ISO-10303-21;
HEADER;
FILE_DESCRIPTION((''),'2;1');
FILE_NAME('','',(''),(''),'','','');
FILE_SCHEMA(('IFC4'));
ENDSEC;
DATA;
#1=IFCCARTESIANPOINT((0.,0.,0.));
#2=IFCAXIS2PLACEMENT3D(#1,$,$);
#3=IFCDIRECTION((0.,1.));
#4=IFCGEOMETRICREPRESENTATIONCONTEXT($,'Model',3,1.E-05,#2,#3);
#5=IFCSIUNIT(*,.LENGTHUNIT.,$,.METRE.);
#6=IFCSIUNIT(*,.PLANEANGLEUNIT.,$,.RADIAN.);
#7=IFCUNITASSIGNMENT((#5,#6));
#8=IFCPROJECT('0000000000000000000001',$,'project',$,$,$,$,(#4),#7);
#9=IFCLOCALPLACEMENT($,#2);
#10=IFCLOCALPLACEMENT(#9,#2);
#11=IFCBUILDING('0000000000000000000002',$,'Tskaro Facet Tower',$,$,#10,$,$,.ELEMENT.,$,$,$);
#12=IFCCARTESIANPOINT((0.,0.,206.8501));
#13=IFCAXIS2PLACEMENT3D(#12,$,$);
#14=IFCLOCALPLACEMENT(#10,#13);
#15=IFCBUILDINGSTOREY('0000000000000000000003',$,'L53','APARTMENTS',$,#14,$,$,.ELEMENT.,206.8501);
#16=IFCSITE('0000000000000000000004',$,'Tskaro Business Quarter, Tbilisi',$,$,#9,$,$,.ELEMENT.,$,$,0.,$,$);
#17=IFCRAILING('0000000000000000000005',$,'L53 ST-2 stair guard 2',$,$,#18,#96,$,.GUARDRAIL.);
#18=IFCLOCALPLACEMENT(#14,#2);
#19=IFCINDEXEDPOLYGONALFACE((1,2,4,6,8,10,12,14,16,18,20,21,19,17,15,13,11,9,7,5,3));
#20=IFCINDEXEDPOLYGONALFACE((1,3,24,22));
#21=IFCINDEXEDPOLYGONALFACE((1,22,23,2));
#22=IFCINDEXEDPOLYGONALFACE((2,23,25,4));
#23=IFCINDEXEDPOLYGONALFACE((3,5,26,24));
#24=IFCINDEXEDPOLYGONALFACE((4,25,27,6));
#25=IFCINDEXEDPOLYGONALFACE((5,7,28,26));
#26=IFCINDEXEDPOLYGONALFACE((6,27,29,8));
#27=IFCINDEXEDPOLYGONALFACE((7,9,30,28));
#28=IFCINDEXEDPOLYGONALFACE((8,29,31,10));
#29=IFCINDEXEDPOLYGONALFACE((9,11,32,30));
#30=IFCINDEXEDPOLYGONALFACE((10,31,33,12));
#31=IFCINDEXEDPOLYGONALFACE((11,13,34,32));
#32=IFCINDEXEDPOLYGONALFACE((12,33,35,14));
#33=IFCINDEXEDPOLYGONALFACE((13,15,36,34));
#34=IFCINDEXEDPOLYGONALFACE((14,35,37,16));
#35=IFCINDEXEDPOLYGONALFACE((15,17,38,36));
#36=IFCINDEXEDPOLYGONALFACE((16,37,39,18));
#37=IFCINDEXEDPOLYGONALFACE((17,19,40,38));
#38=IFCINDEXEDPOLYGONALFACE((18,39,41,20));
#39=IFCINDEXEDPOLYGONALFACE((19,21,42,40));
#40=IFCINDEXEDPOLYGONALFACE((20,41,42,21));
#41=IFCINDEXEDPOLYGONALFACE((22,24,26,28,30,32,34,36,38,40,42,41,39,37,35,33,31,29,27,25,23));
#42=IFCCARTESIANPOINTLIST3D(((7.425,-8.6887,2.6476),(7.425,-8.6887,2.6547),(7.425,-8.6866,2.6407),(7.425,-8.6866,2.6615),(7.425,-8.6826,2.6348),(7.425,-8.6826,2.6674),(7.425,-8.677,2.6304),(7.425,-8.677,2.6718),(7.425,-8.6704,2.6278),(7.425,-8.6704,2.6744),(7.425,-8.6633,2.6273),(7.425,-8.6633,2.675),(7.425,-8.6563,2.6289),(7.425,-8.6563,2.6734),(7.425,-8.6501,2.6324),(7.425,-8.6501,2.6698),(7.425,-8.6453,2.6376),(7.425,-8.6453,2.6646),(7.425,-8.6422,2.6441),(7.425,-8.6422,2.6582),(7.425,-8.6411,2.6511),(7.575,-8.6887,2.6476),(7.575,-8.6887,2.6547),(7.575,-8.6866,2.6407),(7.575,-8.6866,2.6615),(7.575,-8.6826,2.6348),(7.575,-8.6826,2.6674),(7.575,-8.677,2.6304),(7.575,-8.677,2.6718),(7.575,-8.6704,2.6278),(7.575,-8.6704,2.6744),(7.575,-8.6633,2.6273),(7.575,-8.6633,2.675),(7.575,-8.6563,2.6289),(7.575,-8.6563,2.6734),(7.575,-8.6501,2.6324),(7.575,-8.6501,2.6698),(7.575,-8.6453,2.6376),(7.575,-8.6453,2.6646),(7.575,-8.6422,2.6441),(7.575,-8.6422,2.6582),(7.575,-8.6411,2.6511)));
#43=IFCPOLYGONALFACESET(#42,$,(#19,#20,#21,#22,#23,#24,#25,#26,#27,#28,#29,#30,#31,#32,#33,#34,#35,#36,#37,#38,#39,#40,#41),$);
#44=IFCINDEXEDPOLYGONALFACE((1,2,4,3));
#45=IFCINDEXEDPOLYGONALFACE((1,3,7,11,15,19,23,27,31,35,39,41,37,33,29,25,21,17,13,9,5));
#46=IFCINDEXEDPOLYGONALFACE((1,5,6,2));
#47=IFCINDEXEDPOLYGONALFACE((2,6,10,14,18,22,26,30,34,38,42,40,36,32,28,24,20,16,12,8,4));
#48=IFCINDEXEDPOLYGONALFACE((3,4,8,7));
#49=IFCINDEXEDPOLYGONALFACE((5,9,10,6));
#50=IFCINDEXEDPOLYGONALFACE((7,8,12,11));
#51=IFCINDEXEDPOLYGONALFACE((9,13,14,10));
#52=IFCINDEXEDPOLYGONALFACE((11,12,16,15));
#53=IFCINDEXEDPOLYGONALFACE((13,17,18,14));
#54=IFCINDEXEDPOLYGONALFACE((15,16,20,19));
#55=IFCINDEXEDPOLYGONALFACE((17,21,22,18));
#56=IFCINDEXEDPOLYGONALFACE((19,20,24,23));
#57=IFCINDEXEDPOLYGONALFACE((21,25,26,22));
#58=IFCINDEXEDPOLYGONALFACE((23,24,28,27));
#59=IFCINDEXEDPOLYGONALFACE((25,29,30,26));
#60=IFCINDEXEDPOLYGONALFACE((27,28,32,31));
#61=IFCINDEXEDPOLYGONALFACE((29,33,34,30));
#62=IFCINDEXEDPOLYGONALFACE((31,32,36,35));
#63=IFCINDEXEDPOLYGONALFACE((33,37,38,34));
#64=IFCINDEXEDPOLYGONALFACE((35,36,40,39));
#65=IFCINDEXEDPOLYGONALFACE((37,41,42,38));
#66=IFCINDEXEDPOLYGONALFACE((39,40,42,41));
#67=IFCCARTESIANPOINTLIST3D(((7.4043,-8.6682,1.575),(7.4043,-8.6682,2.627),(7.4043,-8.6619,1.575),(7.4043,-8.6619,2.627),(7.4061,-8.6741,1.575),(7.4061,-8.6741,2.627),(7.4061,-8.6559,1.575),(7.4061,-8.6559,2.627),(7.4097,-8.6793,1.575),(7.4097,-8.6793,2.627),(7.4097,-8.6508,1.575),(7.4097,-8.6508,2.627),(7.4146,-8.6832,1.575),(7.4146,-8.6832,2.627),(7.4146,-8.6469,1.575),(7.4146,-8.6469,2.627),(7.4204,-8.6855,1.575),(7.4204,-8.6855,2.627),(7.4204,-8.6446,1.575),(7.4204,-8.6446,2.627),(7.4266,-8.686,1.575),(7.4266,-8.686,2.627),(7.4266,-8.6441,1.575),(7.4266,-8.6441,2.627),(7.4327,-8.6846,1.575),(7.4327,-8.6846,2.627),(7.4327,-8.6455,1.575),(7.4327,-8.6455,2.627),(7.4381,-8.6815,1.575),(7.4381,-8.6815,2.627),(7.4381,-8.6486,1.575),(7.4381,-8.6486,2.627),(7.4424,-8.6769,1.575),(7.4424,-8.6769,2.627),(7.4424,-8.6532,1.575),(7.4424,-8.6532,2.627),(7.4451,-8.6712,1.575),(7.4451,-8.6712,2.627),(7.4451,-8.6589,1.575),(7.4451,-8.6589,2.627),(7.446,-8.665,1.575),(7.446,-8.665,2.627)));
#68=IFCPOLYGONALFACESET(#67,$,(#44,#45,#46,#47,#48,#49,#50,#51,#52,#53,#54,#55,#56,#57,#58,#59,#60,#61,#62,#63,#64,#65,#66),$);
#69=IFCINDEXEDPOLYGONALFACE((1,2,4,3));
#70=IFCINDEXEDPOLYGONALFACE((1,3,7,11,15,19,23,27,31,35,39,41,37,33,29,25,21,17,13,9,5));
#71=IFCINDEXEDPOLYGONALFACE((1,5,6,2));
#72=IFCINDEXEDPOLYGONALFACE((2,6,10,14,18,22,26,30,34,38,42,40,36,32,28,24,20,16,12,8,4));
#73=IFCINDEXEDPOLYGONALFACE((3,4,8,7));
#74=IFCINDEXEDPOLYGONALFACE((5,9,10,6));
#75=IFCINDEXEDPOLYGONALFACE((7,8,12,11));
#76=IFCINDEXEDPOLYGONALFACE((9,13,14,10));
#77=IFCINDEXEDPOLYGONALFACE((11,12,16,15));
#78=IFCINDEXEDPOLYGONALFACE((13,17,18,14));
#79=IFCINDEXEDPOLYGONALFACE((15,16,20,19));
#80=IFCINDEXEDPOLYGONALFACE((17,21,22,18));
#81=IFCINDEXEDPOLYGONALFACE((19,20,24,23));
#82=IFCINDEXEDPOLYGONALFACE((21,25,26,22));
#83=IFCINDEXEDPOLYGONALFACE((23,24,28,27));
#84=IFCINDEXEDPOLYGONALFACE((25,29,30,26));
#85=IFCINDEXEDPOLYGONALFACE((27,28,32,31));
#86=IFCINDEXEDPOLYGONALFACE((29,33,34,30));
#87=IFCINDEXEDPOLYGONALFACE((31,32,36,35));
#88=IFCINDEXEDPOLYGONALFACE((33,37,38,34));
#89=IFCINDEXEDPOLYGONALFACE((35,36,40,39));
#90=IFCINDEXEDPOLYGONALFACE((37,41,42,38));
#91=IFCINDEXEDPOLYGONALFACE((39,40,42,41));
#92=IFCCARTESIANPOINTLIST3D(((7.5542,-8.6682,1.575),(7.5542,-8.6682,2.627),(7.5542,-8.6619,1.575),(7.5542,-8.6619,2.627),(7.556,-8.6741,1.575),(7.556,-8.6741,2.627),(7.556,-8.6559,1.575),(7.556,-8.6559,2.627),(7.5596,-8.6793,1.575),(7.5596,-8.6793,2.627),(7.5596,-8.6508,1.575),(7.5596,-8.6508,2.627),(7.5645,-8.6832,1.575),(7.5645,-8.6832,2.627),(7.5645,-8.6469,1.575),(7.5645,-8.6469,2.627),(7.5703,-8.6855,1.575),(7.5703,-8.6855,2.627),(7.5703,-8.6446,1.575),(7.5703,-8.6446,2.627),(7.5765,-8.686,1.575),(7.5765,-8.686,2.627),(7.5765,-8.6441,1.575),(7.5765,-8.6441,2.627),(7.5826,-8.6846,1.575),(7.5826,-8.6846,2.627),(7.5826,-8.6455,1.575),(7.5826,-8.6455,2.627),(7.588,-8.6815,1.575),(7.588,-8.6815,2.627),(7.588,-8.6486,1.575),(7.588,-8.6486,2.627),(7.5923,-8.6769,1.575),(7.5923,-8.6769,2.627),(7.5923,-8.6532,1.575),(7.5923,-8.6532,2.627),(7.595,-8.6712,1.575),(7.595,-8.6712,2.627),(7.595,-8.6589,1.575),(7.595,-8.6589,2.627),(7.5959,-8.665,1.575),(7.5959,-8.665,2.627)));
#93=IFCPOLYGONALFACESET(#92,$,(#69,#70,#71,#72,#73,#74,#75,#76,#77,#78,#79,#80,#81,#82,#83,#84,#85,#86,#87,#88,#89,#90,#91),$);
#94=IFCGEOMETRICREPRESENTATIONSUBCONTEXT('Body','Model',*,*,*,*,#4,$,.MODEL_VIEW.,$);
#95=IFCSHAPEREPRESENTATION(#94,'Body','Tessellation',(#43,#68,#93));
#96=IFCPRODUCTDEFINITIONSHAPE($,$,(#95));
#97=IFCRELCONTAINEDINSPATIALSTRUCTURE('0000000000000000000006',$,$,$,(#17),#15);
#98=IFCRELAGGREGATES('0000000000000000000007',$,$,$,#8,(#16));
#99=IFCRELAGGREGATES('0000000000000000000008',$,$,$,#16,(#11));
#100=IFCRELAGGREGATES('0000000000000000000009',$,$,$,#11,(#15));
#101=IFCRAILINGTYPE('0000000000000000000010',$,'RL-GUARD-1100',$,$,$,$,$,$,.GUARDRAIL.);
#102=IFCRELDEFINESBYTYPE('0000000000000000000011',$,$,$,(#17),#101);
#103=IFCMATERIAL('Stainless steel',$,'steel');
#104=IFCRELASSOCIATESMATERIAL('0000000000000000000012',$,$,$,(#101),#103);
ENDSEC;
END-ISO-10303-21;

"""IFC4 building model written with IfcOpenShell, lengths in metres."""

from ifc_helpers import new_model, si_unit, direction, frame, origin, origin_2d, place, context, subcontext, project, spatial, circle, extrude, material, type_object, element, save


model = new_model("IFC4")

# Units and contexts
model_context = context("Model", 3, precision=1e-05, world=origin(), true_north=direction((0.0, 1.0)))
body_context = subcontext(model_context, "Body", "Model", "MODEL_VIEW")
ifc_project = project(units=[si_unit("LENGTHUNIT", "METRE"), si_unit("PLANEANGLEUNIT", "RADIAN")], contexts=[model_context])

# Site, building, storey
site_placement = place(None, origin())
site = spatial("IfcSite", under=ifc_project, at=site_placement, Name="Tskaro Business Quarter, Tbilisi", CompositionType="ELEMENT", RefElevation=0.0)
building_placement = place(site_placement, origin())
building = spatial("IfcBuilding", under=site, at=building_placement, Name="Tskaro Facet Tower", CompositionType="ELEMENT")
storey_placement = place(building_placement, frame((0.0, 0.0, 206.8501)))
storey = spatial("IfcBuildingStorey", under=building, at=storey_placement, Name="L53", Description="APARTMENTS", CompositionType="ELEMENT", Elevation=206.8501)

# Railing
ifc_material_1 = material(Name="Stainless steel", Category="steel")
railing_type_1 = type_object("IfcRailingType", Name="RL-GUARD-1100", PredefinedType="GUARDRAIL", material=ifc_material_1)
railing_1_placement = place(storey_placement, frame((7.425, -8.665, 1.575)))
element("IfcRailing", 1, at=railing_1_placement, inside=storey, type_object=railing_type_1, Name="L53 ST-2 stair guard 2", PredefinedType="GUARDRAIL", context=body_context, shape_type="SweptSolid", body=[
    extrude(circle(Radius=0.0239, at=origin_2d()), frame((0.0, 0.0, 1.0762), z_axis=(1.0, 0.0, 0.0), x_axis=(0.0, 1.0, 0.0)), (0.0, 0.0, 1.0), 0.1499),
    extrude(circle(Radius=0.021, at=origin_2d()), origin(), (0.0, 0.0, 1.0), 1.052),
    extrude(circle(Radius=0.021, at=origin_2d()), frame((0.1499, 0.0, 0.0)), (0.0, 0.0, 1.0), 1.052),
])

save(model, "model.ifc")
